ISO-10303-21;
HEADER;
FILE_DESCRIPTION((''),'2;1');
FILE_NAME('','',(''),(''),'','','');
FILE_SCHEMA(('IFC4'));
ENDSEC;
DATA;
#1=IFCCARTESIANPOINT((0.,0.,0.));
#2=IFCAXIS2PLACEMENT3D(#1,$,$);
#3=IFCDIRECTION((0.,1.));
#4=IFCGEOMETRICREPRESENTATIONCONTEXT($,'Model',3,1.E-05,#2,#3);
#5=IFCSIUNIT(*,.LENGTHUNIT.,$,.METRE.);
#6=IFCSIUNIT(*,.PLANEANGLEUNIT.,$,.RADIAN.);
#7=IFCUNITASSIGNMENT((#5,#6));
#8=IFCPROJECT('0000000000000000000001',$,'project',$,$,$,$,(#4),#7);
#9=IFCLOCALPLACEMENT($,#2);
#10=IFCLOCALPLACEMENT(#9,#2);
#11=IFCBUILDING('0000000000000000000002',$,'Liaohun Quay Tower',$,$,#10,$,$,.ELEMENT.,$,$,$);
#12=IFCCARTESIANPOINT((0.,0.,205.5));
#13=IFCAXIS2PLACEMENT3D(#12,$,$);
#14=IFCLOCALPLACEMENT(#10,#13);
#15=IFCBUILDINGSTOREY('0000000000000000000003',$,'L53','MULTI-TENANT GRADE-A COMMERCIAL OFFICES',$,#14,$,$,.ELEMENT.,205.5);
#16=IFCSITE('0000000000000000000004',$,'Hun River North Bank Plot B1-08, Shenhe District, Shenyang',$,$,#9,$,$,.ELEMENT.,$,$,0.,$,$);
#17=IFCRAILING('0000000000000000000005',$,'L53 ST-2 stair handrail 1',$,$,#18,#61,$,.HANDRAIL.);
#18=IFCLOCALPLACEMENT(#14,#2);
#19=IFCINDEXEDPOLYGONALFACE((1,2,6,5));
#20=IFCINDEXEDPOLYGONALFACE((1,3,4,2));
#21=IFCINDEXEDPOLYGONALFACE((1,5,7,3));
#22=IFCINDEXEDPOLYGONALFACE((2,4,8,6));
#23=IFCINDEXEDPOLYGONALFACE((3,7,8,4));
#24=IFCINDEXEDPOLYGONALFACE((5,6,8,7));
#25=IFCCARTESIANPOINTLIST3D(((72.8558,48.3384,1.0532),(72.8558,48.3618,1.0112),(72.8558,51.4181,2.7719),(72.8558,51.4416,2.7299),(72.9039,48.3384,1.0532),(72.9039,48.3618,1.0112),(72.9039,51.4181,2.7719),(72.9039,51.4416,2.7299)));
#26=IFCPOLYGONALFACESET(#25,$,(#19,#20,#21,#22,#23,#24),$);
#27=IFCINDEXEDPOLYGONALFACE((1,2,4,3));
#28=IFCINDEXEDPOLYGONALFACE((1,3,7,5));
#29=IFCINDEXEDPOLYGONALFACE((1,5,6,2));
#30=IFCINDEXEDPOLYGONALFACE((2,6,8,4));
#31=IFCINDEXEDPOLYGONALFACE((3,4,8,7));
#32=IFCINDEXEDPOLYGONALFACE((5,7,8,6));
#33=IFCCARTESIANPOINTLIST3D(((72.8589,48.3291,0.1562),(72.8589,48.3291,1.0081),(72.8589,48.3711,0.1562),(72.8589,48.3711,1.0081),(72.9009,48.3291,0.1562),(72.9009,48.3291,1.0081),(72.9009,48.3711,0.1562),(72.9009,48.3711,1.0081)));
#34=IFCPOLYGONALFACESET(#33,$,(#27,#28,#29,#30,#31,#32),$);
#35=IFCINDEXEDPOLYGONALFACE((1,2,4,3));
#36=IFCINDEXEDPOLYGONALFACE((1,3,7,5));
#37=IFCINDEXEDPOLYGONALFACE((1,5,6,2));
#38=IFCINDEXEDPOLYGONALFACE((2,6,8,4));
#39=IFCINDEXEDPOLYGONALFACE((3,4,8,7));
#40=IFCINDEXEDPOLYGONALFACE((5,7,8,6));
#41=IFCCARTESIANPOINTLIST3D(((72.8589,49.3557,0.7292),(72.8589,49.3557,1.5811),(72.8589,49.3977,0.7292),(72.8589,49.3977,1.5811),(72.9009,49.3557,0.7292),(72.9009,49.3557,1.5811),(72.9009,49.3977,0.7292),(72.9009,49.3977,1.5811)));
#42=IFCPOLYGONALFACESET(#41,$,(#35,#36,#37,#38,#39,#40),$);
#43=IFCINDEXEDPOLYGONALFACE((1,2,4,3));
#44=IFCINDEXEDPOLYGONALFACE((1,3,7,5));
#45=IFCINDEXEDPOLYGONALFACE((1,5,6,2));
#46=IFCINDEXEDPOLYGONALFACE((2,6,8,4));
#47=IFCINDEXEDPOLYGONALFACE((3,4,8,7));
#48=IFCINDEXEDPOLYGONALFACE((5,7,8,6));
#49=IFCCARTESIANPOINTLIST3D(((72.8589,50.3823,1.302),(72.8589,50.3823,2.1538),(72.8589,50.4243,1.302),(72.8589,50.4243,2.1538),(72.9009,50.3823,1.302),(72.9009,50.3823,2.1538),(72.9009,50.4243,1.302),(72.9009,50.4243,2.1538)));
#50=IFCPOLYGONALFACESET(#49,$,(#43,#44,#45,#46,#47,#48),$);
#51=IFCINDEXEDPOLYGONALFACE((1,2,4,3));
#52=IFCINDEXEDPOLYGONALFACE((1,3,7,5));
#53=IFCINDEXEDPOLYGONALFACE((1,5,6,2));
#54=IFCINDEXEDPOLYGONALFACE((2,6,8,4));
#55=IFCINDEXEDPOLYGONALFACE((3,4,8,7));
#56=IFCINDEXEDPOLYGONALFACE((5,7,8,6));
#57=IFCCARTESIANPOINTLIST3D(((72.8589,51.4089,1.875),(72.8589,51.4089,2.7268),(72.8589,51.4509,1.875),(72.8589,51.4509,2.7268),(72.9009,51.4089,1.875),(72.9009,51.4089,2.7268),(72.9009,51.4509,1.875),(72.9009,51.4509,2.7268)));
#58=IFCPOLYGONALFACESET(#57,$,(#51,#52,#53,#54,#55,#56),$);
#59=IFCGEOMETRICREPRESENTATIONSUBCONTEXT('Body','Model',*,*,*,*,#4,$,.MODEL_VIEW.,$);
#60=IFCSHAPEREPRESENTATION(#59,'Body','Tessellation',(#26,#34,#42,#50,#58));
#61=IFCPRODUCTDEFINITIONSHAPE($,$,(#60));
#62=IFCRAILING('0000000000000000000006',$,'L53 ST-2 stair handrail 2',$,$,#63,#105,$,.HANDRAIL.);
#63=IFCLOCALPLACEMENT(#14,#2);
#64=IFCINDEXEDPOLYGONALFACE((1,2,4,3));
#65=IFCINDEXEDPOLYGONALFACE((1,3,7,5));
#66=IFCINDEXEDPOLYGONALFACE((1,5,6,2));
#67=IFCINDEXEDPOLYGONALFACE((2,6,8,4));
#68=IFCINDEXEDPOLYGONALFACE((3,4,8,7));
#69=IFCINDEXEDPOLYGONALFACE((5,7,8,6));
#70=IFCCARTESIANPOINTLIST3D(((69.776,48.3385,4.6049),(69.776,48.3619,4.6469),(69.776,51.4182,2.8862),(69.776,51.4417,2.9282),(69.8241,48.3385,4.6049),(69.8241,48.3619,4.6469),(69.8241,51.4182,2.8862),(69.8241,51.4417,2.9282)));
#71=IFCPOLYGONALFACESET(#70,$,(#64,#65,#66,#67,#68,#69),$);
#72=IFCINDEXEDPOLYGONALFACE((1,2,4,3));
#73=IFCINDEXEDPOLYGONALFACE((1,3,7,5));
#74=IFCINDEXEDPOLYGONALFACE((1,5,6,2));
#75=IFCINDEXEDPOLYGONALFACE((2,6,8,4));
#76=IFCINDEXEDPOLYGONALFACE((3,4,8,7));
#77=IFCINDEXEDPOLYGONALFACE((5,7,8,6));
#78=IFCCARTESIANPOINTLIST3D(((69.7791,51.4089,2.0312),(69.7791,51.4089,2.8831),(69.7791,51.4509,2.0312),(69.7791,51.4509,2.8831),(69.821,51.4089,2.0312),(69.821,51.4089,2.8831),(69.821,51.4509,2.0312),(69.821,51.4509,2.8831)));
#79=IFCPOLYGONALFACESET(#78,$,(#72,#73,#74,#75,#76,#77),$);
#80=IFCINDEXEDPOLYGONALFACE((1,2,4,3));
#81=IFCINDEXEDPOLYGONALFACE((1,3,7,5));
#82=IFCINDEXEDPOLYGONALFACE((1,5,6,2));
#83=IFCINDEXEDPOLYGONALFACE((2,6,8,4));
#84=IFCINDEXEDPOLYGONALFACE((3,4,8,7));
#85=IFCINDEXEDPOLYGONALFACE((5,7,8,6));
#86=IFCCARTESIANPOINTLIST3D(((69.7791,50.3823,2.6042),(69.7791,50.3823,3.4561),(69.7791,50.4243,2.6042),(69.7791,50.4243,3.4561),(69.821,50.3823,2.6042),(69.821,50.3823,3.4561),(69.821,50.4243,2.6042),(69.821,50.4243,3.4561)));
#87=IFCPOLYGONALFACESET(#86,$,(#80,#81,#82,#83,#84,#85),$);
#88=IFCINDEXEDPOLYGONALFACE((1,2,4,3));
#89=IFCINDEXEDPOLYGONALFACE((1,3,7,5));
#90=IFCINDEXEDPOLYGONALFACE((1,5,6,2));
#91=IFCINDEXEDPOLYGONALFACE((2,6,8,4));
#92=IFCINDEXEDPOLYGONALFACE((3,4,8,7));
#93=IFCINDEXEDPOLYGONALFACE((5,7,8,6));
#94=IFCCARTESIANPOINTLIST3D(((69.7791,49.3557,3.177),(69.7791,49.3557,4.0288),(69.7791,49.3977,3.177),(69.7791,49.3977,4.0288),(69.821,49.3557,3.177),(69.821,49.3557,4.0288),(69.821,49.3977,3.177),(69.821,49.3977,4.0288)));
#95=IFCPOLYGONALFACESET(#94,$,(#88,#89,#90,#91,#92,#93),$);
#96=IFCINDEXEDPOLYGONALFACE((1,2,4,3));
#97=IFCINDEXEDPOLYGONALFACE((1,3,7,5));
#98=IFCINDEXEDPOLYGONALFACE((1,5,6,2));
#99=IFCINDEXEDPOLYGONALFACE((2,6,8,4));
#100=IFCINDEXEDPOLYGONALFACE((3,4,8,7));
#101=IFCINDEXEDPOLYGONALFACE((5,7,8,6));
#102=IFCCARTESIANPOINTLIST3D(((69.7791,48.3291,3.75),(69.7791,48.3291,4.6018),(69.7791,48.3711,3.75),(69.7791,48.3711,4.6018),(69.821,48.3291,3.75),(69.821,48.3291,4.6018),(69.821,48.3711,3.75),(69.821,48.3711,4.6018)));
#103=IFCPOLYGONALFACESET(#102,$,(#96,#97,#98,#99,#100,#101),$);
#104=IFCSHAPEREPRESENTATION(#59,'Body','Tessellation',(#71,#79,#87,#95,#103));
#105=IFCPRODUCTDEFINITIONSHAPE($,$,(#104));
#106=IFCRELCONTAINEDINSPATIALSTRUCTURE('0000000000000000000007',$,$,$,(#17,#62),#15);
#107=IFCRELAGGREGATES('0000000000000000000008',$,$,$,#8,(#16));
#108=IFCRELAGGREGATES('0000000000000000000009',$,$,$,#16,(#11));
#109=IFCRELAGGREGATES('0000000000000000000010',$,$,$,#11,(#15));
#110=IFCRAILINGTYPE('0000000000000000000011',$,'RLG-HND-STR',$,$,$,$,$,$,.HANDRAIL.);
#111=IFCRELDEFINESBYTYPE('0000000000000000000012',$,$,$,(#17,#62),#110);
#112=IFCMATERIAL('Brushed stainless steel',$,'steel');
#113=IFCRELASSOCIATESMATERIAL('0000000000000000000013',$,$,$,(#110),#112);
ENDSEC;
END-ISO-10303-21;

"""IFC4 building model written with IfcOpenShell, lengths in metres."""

from ifc_helpers import new_model, si_unit, direction, frame, origin, origin_2d, place, context, subcontext, project, spatial, rectangle, extrude, material, type_object, element, save


model = new_model("IFC4")

# Units and contexts
model_context = context("Model", 3, precision=1e-05, world=origin(), true_north=direction((0.0, 1.0)))
body_context = subcontext(model_context, "Body", "Model", "MODEL_VIEW")
ifc_project = project(units=[si_unit("LENGTHUNIT", "METRE"), si_unit("PLANEANGLEUNIT", "RADIAN")], contexts=[model_context])

# Site, building, storey
site_placement = place(None, origin())
site = spatial("IfcSite", under=ifc_project, at=site_placement, Name="Hun River North Bank Plot B1-08, Shenhe District, Shenyang", CompositionType="ELEMENT", RefElevation=0.0)
building_placement = place(site_placement, origin())
building = spatial("IfcBuilding", under=site, at=building_placement, Name="Liaohun Quay Tower", CompositionType="ELEMENT")
storey_placement = place(building_placement, frame((0.0, 0.0, 205.5)))
storey = spatial("IfcBuildingStorey", under=building, at=storey_placement, Name="L53", Description="MULTI-TENANT GRADE-A COMMERCIAL OFFICES", CompositionType="ELEMENT", Elevation=205.5)

# Railings
ifc_material_1 = material(Name="Brushed stainless steel", Category="steel")
railing_type_1 = type_object("IfcRailingType", Name="RLG-HND-STR", PredefinedType="HANDRAIL", material=ifc_material_1)
railing_1_placement = place(storey_placement, frame((72.8799, 48.3501, 0.1562)))
element("IfcRailing", 1, at=railing_1_placement, inside=storey, type_object=railing_type_1, Name="L53 ST-2 stair handrail 1", PredefinedType="HANDRAIL", context=body_context, shape_type="SweptSolid", body=[
    extrude(rectangle(XDim=0.0481, YDim=0.0481, at=origin_2d()), frame((0.0, 0.0, 0.876), z_axis=(0.0, 0.873225, 0.487317), x_axis=(-1.0, 0.0, 0.0)), (0.0, 0.0, 1.0), 3.5269),
    extrude(rectangle(XDim=0.042, YDim=0.042, at=origin_2d()), origin(), (0.0, 0.0, 1.0), 0.8518),
    extrude(rectangle(XDim=0.042, YDim=0.042, at=origin_2d()), frame((0.0, 1.0266, 0.573)), (0.0, 0.0, 1.0), 0.8518),
    extrude(rectangle(XDim=0.042, YDim=0.042, at=origin_2d()), frame((0.0, 2.0532, 1.1458)), (0.0, 0.0, 1.0), 0.8518),
    extrude(rectangle(XDim=0.042, YDim=0.042, at=origin_2d()), frame((0.0, 3.0798, 1.7188)), (0.0, 0.0, 1.0), 0.8518),
])
railing_2_placement = place(storey_placement, frame((69.8, 51.4299, 2.0312)))
element("IfcRailing", 2, at=railing_2_placement, inside=storey, type_object=railing_type_1, Name="L53 ST-2 stair handrail 2", PredefinedType="HANDRAIL", context=body_context, shape_type="SweptSolid", body=[
    extrude(rectangle(XDim=0.0481, YDim=0.0481, at=origin_2d()), frame((0.0, 0.0, 0.876), z_axis=(0.0, -0.873225, 0.487317), x_axis=(1.0, 0.0, 0.0)), (0.0, 0.0, 1.0), 3.5269),
    extrude(rectangle(XDim=0.042, YDim=0.042, at=origin_2d()), origin(), (0.0, 0.0, 1.0), 0.8518),
    extrude(rectangle(XDim=0.042, YDim=0.042, at=origin_2d()), frame((0.0, -1.0266, 0.573)), (0.0, 0.0, 1.0), 0.8518),
    extrude(rectangle(XDim=0.042, YDim=0.042, at=origin_2d()), frame((0.0, -2.0532, 1.1458)), (0.0, 0.0, 1.0), 0.8518),
    extrude(rectangle(XDim=0.042, YDim=0.042, at=origin_2d()), frame((0.0, -3.0798, 1.7188)), (0.0, 0.0, 1.0), 0.8518),
])

save(model, "model.ifc")
